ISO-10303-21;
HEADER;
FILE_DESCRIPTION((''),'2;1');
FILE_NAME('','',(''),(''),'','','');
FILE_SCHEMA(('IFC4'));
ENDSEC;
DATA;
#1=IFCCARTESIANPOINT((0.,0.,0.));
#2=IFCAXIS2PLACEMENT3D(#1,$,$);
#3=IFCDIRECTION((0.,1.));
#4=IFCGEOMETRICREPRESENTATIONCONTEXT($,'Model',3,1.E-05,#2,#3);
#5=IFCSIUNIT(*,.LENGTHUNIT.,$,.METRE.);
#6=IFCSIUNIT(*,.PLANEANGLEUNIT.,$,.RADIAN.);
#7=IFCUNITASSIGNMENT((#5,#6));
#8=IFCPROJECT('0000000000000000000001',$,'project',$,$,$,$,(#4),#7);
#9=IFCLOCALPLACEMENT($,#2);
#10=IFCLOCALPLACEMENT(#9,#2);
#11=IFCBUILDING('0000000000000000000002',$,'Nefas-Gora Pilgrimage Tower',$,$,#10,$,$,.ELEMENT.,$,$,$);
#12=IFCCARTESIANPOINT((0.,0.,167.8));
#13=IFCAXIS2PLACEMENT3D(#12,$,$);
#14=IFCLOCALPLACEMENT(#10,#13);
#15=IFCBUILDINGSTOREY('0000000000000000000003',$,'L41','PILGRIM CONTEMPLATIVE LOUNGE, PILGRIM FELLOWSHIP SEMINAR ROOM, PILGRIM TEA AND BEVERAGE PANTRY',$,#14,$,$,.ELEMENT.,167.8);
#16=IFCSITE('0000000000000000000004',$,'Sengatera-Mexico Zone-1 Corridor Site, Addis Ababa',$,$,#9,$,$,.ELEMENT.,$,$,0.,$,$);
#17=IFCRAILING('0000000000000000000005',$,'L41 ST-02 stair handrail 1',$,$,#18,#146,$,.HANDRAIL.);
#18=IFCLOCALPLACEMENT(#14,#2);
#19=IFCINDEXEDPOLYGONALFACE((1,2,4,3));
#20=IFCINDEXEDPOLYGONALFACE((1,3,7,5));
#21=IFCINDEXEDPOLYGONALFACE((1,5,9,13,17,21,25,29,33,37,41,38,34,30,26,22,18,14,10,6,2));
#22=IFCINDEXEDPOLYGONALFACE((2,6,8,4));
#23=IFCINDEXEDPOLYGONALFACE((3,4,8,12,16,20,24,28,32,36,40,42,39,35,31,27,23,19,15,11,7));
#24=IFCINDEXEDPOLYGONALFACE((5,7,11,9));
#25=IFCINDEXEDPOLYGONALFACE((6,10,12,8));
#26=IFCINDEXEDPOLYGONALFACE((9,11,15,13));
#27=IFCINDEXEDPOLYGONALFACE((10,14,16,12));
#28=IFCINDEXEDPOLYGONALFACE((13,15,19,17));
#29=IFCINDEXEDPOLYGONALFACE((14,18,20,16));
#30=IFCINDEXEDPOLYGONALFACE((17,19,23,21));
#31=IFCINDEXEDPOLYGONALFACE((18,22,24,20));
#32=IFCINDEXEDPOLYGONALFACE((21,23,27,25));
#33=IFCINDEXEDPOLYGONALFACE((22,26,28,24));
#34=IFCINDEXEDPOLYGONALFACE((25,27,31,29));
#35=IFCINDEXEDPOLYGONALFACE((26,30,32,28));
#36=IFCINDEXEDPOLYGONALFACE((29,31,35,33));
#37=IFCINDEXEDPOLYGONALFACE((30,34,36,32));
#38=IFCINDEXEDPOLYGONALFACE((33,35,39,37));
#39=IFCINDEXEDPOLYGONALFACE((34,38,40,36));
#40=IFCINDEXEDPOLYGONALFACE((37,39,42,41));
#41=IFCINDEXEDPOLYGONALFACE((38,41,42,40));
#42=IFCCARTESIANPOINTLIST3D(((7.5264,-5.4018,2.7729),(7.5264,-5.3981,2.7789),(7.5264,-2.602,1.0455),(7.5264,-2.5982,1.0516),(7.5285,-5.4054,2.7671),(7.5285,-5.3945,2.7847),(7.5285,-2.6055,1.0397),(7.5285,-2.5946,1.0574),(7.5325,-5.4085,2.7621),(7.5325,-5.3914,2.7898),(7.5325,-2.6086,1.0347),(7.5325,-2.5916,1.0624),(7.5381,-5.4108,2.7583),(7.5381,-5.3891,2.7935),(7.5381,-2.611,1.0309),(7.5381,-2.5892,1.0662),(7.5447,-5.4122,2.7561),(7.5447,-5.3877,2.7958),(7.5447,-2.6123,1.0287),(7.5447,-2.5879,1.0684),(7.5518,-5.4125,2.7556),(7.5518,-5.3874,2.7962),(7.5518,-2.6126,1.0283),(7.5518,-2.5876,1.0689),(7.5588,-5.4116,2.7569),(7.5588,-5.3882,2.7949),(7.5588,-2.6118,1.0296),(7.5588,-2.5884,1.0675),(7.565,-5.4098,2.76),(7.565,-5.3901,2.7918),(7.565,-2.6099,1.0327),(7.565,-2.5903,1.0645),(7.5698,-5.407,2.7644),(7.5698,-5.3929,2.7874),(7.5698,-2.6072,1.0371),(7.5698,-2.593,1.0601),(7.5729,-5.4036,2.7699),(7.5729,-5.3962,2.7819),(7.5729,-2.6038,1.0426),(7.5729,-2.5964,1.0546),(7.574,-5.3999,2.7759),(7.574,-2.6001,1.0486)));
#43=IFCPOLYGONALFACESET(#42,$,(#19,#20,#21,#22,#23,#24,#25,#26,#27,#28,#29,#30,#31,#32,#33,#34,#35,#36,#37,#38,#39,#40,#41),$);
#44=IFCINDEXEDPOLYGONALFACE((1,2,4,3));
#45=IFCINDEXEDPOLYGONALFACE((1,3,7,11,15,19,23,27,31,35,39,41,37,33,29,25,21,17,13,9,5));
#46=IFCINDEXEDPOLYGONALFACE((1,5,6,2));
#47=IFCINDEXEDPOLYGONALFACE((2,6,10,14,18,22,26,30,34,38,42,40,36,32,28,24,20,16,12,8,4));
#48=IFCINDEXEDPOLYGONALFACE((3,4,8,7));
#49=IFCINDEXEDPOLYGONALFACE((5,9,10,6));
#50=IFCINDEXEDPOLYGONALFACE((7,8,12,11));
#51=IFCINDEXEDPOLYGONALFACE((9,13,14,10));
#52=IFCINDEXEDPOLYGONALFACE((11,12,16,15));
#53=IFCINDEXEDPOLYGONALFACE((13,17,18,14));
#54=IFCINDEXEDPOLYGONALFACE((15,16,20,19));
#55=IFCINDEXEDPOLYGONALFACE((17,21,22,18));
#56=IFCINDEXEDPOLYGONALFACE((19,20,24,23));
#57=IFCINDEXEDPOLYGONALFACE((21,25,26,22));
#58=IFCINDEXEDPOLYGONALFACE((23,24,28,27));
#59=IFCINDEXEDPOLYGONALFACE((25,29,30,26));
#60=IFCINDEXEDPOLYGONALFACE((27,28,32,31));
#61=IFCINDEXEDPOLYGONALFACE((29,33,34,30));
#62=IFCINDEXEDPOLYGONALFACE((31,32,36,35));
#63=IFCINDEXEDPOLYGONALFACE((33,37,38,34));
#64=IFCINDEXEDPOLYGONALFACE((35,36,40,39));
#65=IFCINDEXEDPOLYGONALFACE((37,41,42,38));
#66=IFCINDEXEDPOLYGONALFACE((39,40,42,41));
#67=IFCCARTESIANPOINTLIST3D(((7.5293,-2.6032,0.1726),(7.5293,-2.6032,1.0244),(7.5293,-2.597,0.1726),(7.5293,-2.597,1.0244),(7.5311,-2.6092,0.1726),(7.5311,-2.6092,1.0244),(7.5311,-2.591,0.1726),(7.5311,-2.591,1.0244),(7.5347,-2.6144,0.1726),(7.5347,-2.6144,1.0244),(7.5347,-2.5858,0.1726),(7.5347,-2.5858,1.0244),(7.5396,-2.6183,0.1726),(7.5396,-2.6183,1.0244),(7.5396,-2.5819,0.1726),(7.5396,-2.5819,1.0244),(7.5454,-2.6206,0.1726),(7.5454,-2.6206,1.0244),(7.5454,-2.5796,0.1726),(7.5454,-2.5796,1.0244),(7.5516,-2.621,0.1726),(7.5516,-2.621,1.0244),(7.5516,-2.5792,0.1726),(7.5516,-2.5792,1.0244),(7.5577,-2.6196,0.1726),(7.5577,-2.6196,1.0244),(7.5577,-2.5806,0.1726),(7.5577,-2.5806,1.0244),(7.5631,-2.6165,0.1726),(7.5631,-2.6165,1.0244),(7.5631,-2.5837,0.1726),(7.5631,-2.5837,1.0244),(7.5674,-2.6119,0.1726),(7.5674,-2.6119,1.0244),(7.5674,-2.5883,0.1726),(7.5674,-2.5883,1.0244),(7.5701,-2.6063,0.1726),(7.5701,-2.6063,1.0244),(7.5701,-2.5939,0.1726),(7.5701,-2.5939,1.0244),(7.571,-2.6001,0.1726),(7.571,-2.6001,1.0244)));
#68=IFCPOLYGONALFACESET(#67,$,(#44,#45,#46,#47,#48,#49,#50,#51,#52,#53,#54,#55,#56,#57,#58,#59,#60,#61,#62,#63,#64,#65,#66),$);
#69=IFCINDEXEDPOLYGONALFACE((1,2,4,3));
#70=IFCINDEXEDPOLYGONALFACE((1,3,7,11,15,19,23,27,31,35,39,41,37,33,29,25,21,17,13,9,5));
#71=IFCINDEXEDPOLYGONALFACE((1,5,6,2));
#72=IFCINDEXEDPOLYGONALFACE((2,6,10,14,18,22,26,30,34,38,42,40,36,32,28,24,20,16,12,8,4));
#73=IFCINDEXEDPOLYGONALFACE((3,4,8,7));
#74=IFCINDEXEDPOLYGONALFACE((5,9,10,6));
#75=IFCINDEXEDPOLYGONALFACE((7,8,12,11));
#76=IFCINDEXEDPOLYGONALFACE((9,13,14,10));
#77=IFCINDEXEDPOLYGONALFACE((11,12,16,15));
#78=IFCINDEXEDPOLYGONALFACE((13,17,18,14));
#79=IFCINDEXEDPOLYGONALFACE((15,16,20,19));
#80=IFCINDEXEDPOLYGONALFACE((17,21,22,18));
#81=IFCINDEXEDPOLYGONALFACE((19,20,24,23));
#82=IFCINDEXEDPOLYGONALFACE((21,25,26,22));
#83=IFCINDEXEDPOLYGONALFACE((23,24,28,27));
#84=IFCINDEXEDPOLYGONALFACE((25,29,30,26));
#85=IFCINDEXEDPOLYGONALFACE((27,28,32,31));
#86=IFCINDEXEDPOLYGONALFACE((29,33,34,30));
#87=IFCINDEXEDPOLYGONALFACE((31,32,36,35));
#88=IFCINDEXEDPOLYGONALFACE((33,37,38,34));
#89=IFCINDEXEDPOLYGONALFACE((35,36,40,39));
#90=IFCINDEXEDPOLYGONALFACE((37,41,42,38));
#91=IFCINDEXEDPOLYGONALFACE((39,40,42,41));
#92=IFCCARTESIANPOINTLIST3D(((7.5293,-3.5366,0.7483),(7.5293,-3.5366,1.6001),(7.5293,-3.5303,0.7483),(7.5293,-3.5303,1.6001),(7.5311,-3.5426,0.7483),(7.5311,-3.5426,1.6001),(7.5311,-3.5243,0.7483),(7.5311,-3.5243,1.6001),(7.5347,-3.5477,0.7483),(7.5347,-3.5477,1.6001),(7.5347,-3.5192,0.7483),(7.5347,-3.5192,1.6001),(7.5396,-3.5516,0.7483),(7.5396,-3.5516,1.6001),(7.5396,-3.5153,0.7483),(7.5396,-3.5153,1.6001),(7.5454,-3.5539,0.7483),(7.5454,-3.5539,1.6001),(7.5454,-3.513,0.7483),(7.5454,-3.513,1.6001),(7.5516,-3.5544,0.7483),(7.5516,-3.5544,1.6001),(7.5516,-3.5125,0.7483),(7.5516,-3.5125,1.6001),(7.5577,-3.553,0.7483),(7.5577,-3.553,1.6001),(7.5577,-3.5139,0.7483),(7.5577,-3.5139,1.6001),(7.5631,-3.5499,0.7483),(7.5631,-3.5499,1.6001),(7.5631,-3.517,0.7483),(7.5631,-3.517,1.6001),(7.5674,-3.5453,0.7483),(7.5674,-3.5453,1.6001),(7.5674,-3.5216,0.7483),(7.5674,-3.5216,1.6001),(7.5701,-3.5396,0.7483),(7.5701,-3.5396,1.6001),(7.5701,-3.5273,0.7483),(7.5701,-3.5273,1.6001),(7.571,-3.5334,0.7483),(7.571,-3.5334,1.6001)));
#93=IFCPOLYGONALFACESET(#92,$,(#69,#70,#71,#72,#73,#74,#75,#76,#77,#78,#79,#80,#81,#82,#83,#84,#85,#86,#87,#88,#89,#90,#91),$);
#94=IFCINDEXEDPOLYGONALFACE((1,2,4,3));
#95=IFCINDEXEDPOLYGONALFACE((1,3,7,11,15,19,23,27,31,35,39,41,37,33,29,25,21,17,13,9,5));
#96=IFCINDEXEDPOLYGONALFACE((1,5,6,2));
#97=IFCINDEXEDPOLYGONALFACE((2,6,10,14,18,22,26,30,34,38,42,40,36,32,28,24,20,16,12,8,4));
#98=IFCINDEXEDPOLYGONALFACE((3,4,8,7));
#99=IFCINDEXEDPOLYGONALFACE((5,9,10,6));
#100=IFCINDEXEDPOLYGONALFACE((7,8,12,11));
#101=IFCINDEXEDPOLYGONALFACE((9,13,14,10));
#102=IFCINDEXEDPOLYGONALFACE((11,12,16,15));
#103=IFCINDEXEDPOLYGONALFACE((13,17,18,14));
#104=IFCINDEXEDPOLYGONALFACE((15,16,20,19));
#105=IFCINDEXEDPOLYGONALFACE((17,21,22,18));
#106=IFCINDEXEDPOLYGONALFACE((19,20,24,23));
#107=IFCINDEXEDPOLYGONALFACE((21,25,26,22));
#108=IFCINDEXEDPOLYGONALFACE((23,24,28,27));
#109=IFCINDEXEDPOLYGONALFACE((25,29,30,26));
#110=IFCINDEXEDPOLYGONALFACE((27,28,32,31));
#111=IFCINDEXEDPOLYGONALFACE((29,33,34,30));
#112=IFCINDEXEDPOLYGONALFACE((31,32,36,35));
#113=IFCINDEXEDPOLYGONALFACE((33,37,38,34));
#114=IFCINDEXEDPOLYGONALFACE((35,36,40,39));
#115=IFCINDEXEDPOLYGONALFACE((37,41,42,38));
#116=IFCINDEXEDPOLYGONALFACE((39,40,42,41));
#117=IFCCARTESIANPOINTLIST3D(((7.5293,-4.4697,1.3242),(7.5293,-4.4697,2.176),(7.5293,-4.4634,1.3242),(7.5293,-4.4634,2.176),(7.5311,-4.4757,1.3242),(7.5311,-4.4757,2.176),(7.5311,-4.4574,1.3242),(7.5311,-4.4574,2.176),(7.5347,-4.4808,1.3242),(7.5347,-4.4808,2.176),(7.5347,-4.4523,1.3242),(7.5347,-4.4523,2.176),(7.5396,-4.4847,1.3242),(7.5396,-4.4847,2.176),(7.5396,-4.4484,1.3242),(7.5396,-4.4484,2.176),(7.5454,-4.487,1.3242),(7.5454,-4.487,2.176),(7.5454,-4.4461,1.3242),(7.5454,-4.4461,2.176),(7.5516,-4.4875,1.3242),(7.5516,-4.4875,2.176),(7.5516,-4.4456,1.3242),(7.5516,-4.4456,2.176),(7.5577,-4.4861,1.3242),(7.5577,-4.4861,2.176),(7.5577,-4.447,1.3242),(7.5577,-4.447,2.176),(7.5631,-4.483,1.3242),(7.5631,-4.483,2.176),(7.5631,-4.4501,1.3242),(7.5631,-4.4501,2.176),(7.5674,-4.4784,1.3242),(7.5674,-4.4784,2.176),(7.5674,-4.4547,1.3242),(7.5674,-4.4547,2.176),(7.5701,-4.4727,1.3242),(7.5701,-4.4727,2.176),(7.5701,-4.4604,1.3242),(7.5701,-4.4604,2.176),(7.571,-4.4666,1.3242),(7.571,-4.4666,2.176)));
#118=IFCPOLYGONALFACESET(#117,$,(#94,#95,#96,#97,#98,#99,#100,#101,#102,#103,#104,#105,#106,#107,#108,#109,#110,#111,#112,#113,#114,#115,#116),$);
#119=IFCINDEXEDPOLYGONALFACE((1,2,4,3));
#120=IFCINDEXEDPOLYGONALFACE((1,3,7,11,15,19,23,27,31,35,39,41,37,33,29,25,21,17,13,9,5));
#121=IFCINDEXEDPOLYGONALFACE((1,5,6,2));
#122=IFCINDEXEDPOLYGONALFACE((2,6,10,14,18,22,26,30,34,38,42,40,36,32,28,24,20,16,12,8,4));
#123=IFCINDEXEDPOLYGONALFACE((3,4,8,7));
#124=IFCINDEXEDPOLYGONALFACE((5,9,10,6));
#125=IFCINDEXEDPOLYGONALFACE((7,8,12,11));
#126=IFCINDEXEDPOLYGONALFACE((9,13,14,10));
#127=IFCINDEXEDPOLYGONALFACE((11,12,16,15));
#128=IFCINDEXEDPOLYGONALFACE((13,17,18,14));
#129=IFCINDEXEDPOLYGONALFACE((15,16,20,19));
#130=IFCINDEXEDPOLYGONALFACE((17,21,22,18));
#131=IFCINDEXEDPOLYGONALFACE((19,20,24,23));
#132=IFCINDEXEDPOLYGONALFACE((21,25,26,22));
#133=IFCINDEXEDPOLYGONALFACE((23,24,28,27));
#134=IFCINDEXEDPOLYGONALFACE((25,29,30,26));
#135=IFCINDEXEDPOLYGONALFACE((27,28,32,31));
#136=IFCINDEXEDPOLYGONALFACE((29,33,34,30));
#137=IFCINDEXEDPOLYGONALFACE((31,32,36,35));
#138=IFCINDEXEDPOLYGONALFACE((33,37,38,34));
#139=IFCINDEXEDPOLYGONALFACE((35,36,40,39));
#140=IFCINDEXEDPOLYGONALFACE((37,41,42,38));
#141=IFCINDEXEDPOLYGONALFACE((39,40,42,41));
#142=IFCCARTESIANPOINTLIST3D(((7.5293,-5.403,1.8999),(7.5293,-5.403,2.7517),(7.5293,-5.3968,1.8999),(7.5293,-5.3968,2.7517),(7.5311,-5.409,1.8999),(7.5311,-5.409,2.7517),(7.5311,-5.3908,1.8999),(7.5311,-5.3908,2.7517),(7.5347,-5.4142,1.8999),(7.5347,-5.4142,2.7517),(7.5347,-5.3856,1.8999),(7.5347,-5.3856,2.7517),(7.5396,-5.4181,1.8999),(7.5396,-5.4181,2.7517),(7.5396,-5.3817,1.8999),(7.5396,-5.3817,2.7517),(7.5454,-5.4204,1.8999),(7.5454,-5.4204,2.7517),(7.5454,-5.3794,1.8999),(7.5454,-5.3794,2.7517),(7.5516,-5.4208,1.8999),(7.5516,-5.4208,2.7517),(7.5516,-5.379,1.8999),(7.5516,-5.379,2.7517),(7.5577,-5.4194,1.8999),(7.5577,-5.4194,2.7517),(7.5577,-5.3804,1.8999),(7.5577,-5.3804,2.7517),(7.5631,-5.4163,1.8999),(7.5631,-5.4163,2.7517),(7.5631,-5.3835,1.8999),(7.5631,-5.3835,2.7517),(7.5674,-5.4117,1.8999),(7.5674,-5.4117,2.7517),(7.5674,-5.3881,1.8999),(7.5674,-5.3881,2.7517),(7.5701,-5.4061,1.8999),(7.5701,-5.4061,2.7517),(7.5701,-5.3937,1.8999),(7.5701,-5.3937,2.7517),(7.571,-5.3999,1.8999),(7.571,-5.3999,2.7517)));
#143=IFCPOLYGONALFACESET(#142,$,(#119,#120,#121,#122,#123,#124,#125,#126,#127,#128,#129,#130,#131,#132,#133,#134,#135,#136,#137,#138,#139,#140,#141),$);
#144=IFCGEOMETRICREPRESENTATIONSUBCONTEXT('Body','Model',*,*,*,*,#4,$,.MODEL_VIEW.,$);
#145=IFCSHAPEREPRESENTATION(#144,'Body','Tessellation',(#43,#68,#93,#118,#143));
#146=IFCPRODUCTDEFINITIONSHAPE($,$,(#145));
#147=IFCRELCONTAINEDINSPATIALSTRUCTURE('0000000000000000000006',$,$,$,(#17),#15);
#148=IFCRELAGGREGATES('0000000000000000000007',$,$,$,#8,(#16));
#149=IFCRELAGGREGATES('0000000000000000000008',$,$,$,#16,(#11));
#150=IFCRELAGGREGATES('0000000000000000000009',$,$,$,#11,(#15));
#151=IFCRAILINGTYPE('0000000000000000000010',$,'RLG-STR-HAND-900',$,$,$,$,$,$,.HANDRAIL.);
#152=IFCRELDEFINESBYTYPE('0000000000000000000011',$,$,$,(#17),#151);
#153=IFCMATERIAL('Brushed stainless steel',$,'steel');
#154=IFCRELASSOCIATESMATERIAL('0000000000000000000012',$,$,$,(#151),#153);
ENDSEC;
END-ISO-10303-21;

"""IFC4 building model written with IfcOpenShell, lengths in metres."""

from ifc_helpers import new_model, si_unit, direction, frame, origin, origin_2d, place, context, subcontext, project, spatial, circle, extrude, material, type_object, element, save


model = new_model("IFC4")

# Units and contexts
model_context = context("Model", 3, precision=1e-05, world=origin(), true_north=direction((0.0, 1.0)))
body_context = subcontext(model_context, "Body", "Model", "MODEL_VIEW")
ifc_project = project(units=[si_unit("LENGTHUNIT", "METRE"), si_unit("PLANEANGLEUNIT", "RADIAN")], contexts=[model_context])

# Site, building, storey
site_placement = place(None, origin())
site = spatial("IfcSite", under=ifc_project, at=site_placement, Name="Sengatera-Mexico Zone-1 Corridor Site, Addis Ababa", CompositionType="ELEMENT", RefElevation=0.0)
building_placement = place(site_placement, origin())
building = spatial("IfcBuilding", under=site, at=building_placement, Name="Nefas-Gora Pilgrimage Tower", CompositionType="ELEMENT")
storey_placement = place(building_placement, frame((0.0, 0.0, 167.8)))
storey = spatial("IfcBuildingStorey", under=building, at=storey_placement, Name="L41", Description="PILGRIM CONTEMPLATIVE LOUNGE, PILGRIM FELLOWSHIP SEMINAR ROOM, PILGRIM TEA AND BEVERAGE PANTRY", CompositionType="ELEMENT", Elevation=167.8)

# Railing
ifc_material_1 = material(Name="Brushed stainless steel", Category="steel")
railing_type_1 = type_object("IfcRailingType", Name="RLG-STR-HAND-900", PredefinedType="HANDRAIL", material=ifc_material_1)
railing_1_placement = place(storey_placement, frame((7.55, -2.6001, 0.1726)))
element("IfcRailing", 1, at=railing_1_placement, inside=storey, type_object=railing_type_1, Name="L41 ST-02 stair handrail 1", PredefinedType="HANDRAIL", context=body_context, shape_type="SweptSolid", body=[
    extrude(circle(Radius=0.0239, at=origin_2d()), frame((0.0, 0.0, 0.876), z_axis=(0.0, -0.851069, 0.525054), x_axis=(1.0, 0.0, 0.0)), (0.0, 0.0, 1.0), 3.2898),
    extrude(circle(Radius=0.021, at=origin_2d()), origin(), (0.0, 0.0, 1.0), 0.8518),
    extrude(circle(Radius=0.021, at=origin_2d()), frame((0.0, -0.9333, 0.5757)), (0.0, 0.0, 1.0), 0.8518),
    extrude(circle(Radius=0.021, at=origin_2d()), frame((0.0, -1.8665, 1.1516)), (0.0, 0.0, 1.0), 0.8518),
    extrude(circle(Radius=0.021, at=origin_2d()), frame((0.0, -2.7998, 1.7273)), (0.0, 0.0, 1.0), 0.8518),
])

save(model, "model.ifc")
